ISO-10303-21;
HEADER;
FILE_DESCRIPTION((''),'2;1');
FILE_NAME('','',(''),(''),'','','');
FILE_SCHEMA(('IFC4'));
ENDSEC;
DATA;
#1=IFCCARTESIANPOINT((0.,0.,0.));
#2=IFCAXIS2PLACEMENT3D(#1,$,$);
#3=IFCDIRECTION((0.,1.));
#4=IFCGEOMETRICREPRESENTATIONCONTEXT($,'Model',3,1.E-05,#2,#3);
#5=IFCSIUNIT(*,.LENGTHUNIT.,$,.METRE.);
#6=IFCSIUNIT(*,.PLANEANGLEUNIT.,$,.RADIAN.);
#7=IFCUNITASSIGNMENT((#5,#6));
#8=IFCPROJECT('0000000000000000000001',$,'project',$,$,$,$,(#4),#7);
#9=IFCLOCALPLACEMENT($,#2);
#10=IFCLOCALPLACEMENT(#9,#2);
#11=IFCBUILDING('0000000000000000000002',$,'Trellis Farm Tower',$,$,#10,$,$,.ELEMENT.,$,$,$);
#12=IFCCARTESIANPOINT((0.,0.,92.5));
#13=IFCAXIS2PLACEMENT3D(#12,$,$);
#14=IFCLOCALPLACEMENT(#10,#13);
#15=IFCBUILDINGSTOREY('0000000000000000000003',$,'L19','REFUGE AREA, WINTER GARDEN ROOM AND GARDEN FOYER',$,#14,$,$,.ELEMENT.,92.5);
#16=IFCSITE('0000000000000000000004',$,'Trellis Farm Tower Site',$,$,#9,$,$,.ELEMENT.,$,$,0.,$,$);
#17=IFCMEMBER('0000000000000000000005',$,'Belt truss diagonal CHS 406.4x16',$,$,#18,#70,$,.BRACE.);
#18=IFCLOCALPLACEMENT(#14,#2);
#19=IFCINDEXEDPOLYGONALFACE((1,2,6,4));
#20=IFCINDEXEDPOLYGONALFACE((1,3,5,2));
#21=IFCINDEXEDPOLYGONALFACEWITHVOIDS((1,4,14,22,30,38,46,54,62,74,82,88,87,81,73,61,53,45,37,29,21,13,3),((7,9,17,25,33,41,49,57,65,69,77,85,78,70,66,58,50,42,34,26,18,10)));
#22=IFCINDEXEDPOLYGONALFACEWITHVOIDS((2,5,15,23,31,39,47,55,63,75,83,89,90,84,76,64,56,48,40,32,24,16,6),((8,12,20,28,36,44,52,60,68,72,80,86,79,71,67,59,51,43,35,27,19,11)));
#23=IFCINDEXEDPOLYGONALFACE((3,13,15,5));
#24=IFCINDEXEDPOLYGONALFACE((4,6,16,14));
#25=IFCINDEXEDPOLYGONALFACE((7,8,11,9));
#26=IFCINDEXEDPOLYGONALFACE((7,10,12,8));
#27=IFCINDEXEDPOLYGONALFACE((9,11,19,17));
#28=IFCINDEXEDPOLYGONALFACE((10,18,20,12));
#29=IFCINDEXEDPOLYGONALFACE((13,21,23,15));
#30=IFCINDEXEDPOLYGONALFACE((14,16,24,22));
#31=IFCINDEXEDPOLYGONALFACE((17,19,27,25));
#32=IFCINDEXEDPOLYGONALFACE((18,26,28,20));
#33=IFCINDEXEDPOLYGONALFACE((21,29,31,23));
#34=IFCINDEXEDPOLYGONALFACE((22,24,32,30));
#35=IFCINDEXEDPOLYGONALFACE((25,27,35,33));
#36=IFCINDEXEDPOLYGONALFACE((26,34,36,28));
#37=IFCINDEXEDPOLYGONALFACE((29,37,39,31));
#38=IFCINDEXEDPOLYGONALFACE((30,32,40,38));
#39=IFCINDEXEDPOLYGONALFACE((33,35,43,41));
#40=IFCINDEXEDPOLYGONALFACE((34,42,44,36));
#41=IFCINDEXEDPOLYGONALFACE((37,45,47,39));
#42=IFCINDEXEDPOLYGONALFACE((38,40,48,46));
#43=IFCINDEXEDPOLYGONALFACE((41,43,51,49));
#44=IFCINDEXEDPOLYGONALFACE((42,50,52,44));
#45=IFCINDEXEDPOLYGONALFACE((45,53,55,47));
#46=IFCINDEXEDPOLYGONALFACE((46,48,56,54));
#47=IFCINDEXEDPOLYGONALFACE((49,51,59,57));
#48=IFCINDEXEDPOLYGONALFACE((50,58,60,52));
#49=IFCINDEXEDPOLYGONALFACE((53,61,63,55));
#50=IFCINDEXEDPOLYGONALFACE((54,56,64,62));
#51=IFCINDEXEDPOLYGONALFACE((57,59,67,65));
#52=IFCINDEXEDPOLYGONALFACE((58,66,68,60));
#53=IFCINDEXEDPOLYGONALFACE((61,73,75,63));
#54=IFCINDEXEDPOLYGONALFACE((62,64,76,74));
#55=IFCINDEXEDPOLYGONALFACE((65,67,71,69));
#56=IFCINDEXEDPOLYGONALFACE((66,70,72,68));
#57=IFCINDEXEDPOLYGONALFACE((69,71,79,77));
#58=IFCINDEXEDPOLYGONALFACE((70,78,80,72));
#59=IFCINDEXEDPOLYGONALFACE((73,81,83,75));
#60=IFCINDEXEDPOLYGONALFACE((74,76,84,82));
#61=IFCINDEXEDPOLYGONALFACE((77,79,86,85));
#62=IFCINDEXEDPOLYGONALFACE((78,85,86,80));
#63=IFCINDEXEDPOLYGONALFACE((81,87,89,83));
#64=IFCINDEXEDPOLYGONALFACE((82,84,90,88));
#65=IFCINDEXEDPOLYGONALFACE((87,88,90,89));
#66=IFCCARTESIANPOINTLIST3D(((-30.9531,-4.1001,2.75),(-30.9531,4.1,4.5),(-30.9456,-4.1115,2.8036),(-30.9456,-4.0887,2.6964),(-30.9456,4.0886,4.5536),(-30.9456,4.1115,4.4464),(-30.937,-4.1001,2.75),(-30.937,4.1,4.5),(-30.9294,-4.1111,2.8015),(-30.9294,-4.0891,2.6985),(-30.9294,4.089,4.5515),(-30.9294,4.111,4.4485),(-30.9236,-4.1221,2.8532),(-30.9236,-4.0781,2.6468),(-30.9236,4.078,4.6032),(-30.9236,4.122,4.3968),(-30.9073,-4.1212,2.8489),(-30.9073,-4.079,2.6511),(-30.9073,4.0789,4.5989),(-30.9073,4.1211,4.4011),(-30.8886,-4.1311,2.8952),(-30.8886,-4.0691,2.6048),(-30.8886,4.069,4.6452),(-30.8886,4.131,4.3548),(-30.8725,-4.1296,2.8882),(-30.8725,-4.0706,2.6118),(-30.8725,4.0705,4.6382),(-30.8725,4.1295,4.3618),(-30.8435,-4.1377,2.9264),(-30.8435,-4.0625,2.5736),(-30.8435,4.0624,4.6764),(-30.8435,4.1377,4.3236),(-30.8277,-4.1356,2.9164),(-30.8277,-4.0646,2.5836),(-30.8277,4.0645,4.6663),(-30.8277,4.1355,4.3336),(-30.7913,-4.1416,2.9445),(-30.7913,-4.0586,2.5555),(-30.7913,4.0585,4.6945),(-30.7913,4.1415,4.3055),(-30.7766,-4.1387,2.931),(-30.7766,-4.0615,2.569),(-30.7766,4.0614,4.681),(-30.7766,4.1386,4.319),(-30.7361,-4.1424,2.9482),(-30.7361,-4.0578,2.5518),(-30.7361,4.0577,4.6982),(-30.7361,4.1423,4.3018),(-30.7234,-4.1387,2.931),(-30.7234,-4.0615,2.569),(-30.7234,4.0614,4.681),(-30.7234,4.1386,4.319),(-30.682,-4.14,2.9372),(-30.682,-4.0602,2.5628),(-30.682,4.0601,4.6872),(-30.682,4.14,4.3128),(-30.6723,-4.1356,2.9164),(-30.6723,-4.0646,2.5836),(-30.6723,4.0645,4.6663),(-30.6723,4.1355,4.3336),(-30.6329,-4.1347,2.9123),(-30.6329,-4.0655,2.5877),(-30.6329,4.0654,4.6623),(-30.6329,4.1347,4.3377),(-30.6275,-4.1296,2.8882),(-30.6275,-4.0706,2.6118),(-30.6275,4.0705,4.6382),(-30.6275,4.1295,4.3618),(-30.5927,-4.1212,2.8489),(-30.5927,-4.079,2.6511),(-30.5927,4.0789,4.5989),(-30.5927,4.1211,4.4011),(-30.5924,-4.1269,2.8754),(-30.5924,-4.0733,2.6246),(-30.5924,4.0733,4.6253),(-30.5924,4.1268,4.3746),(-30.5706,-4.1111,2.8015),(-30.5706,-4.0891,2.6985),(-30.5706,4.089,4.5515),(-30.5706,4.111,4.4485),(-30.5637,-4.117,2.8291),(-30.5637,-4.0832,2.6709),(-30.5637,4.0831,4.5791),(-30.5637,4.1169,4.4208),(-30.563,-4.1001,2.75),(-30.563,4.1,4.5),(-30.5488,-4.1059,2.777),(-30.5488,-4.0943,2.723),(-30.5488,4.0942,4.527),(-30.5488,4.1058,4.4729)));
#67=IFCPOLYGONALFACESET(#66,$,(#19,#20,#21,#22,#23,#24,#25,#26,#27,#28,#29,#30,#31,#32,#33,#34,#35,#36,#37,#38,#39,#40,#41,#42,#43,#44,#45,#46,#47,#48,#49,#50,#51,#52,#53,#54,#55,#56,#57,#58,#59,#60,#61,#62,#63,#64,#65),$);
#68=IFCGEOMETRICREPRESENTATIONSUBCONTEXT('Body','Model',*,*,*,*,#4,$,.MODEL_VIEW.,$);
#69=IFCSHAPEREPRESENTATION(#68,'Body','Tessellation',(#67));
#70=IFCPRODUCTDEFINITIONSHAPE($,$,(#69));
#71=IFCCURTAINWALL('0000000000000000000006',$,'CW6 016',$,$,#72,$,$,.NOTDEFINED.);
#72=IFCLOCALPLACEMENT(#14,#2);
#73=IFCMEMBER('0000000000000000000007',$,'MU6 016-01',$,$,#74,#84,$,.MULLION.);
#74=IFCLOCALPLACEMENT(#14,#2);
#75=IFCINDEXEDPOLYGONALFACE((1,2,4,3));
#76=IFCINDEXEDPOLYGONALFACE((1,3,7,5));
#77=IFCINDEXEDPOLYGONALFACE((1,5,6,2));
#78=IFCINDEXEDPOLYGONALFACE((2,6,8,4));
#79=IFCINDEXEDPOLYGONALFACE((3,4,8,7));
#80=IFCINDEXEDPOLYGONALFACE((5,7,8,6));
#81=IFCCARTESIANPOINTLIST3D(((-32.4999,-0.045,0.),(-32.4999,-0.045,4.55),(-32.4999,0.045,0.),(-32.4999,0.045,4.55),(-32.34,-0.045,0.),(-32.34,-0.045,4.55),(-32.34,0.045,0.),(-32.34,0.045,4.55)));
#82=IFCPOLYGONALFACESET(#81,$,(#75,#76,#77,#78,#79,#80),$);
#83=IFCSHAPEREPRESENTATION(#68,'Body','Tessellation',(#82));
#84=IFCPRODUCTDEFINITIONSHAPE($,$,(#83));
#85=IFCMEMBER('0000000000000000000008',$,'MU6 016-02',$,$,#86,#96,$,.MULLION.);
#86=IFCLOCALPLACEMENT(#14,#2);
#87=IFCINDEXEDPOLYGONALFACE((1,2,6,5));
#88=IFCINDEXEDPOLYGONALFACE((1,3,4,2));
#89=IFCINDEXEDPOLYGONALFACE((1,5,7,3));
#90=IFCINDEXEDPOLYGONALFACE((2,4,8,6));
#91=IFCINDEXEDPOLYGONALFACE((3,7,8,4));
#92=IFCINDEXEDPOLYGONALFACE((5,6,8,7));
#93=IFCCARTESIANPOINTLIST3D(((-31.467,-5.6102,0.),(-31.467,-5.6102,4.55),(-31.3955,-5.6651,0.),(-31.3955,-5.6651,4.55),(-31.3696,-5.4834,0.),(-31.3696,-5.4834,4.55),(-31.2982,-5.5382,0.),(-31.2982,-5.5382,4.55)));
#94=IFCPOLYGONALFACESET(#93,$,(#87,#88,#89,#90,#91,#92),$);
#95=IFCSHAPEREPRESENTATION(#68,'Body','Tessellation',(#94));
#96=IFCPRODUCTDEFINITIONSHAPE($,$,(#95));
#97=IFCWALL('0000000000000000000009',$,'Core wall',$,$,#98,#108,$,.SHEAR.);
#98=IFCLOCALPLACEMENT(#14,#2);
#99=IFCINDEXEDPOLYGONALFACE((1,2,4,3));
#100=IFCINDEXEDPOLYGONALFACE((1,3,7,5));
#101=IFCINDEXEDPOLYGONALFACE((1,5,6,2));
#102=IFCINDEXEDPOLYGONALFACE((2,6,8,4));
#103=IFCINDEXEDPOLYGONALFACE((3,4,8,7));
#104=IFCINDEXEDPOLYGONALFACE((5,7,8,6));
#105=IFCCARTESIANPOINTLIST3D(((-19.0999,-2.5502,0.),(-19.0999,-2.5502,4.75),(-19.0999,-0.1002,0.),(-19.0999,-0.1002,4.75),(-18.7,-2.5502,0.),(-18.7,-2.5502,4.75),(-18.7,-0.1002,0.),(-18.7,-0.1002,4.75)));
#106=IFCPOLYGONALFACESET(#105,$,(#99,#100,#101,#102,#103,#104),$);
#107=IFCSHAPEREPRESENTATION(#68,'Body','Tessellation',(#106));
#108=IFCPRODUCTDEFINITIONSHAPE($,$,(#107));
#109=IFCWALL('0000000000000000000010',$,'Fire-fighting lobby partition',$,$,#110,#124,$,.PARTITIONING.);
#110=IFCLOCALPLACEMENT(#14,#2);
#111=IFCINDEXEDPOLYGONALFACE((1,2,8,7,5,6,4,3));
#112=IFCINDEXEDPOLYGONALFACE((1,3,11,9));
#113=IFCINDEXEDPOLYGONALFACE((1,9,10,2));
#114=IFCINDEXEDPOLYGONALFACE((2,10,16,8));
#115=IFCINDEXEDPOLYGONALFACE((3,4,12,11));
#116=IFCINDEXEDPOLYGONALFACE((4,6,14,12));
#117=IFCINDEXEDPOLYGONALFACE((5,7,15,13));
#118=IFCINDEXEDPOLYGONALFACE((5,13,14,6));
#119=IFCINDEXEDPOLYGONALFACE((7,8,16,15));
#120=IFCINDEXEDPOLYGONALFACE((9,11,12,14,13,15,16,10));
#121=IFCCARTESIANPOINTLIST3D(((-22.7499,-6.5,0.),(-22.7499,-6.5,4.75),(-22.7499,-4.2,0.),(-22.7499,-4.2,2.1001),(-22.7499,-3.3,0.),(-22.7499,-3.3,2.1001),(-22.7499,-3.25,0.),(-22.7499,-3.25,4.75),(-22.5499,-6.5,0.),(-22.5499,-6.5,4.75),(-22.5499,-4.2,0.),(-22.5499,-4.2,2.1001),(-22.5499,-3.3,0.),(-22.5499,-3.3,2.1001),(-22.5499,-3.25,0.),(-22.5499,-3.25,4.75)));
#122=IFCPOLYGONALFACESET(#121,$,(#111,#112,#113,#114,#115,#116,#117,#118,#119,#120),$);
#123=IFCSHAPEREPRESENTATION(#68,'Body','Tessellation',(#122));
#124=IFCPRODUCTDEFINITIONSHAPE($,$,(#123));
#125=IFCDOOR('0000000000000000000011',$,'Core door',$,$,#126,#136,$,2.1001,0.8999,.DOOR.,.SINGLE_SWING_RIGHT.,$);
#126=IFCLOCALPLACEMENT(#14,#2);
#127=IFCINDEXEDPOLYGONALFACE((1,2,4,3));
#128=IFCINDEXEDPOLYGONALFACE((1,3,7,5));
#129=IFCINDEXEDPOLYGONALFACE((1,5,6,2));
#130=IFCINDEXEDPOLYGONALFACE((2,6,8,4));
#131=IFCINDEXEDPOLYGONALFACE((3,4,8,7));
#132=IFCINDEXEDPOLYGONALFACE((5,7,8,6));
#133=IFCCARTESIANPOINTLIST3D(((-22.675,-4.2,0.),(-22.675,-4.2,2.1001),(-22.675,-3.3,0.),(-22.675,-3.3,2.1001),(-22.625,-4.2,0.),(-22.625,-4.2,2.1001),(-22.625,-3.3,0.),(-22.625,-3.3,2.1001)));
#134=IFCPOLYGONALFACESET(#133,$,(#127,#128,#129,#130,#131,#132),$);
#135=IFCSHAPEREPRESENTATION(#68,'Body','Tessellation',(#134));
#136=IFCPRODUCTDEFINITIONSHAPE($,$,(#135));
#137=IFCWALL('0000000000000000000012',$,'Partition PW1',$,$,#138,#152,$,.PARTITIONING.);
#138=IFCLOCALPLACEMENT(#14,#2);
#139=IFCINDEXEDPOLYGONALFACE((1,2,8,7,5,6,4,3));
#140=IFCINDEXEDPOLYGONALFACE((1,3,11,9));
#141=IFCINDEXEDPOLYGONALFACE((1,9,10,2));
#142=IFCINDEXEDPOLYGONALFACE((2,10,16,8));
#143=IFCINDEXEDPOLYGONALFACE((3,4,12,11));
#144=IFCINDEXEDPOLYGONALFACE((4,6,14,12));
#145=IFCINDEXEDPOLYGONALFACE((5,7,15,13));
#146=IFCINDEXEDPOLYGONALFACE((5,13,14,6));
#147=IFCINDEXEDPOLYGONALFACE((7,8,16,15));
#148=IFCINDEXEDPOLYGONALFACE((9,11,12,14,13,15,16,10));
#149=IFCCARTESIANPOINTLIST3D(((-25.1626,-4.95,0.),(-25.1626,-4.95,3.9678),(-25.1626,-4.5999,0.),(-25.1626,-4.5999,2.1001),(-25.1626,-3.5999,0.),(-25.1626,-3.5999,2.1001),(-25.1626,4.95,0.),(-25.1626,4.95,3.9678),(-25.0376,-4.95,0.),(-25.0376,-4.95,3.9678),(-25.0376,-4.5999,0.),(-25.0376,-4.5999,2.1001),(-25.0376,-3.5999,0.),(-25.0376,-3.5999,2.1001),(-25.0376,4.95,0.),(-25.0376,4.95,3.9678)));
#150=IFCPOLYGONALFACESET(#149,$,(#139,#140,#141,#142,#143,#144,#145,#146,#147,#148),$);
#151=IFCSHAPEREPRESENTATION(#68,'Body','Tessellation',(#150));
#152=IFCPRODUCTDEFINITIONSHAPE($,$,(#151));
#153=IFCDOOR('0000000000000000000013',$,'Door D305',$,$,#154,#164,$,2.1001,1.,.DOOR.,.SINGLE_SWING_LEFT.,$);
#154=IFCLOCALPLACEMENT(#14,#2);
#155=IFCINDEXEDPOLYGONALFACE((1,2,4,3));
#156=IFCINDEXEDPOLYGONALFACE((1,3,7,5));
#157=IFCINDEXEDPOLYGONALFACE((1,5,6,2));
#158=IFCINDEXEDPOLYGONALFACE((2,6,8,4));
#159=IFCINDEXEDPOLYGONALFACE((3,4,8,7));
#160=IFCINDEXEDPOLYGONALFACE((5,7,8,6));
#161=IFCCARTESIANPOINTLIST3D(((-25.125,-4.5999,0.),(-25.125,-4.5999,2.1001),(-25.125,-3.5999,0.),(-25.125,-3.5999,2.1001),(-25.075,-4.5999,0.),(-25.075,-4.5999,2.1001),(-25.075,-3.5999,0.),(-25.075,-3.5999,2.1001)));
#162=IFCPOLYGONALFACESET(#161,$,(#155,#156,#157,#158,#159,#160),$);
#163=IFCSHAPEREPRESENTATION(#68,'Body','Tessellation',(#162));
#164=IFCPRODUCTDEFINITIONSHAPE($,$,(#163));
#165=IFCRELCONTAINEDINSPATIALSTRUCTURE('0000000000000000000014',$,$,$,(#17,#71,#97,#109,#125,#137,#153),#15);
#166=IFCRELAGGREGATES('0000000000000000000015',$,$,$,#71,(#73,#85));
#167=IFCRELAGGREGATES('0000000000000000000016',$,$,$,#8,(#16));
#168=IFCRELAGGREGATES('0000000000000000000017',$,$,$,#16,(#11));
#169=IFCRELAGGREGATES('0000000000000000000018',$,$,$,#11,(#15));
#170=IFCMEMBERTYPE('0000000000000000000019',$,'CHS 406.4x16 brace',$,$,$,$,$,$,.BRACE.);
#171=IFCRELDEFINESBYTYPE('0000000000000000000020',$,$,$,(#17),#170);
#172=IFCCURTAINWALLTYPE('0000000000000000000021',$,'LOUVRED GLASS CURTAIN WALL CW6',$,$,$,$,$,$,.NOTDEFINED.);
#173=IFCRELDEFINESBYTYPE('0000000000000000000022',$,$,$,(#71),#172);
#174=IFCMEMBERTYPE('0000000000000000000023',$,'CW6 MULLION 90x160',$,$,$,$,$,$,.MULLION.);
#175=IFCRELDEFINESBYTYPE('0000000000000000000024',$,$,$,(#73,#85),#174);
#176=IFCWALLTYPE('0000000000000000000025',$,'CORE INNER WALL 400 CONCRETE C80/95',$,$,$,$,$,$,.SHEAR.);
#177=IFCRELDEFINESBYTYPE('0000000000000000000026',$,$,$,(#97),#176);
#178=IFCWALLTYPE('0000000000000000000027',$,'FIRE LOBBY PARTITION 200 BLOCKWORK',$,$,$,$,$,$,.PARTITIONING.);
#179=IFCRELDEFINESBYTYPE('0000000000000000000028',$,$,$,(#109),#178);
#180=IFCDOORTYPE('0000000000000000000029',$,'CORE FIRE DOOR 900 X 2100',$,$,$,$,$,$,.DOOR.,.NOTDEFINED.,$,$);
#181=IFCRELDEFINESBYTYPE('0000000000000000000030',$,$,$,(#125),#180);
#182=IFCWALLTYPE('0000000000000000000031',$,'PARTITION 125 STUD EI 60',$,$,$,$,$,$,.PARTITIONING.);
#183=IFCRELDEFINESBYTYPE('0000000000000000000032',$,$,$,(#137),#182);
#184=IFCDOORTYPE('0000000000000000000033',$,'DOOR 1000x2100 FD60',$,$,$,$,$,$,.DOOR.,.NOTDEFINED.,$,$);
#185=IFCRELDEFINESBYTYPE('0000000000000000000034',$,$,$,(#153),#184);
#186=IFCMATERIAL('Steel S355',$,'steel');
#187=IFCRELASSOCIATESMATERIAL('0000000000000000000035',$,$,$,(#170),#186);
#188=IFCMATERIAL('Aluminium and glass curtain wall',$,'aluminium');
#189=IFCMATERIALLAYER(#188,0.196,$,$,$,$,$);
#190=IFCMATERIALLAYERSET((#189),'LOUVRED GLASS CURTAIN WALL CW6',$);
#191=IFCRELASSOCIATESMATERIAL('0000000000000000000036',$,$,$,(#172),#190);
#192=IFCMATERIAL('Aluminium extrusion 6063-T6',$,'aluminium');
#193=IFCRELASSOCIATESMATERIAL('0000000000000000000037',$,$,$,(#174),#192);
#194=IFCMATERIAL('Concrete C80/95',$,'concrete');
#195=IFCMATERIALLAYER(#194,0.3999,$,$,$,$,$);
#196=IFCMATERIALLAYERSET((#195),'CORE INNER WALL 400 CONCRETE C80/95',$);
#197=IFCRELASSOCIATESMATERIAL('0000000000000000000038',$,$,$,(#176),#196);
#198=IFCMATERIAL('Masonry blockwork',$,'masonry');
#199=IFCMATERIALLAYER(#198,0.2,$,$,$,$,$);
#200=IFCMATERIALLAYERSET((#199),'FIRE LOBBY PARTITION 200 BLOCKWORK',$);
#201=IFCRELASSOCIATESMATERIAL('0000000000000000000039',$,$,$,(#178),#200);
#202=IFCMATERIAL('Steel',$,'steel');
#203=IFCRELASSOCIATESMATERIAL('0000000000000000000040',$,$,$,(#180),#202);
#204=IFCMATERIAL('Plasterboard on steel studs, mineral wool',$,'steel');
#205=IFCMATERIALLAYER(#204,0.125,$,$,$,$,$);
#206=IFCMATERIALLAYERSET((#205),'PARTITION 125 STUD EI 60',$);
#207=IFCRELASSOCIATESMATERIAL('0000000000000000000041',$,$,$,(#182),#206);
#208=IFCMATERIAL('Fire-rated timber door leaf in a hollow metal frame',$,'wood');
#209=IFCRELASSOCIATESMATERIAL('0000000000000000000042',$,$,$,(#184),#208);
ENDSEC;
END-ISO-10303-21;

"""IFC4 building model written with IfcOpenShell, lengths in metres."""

from ifc_helpers import new_model, si_unit, direction, frame, frame_2d, origin, origin_2d, place, context, subcontext, project, spatial, rectangle, hollow_circle, extrude, source, transform, mapped, material, layer, layer_set, material_profile, profile_set, type_object, element, fill, aggregate, save


model = new_model("IFC4")

# Units and contexts
model_context = context("Model", 3, precision=1e-05, world=origin(), true_north=direction((0.0, 1.0)))
body_context = subcontext(model_context, "Body", "Model", "MODEL_VIEW")
ifc_project = project(units=[si_unit("LENGTHUNIT", "METRE"), si_unit("PLANEANGLEUNIT", "RADIAN")], contexts=[model_context])

# Site, building, storey
site_placement = place(None, origin())
site = spatial("IfcSite", under=ifc_project, at=site_placement, Name="Trellis Farm Tower Site", CompositionType="ELEMENT", RefElevation=0.0)
building_placement = place(site_placement, origin())
building = spatial("IfcBuilding", under=site, at=building_placement, Name="Trellis Farm Tower", CompositionType="ELEMENT")
storey_placement = place(building_placement, frame((0.0, 0.0, 92.5)))
storey = spatial("IfcBuildingStorey", under=building, at=storey_placement, Name="L19", Description="REFUGE AREA, WINTER GARDEN ROOM AND GARDEN FOYER", CompositionType="ELEMENT", Elevation=92.5)

# Shared definitions
ifc_material_1 = material(Name="Concrete C80/95", Category="concrete")

# Shared definitions
ifc_material_2 = material(Name="Steel S355", Category="steel")

# Member
ifc_material_profile_1 = material_profile(ifc_material_2, hollow_circle(Radius=0.2031, WallThickness=0.0161, at=origin_2d()), Name="CHS 406.4x16")
ifc_profile_set_1 = profile_set([ifc_material_profile_1], Name="Steel S355")
member_type_1 = type_object("IfcMemberType", Name="CHS 406.4x16 brace", PredefinedType="BRACE", material=ifc_profile_set_1)
shared_shape_1 = source(origin(), body_context, "Body", "SweptSolid", [
    extrude(hollow_circle(Radius=0.2031, WallThickness=0.0161, at=origin_2d()), origin(), (0.0, 0.0, 1.0), 8.3848),
])
member_1_placement = place(storey_placement, frame((-30.75, -4.1001, 2.75), z_axis=(0.0, 0.977978, 0.20871), x_axis=(-1.0, 0.0, 0.0)))
element("IfcMember", 1, at=member_1_placement, inside=storey, type_object=member_type_1, Name="Belt truss diagonal CHS 406.4x16", PredefinedType="BRACE", context=body_context, shape_type="MappedRepresentation", body=[
    mapped(shared_shape_1, transform((0.0, 0.0, 0.0))),
])

# Curtain wall, members
ifc_material_3 = material(Name="Aluminium and glass curtain wall", Category="aluminium")
ifc_layer_1 = layer(ifc_material_3, 0.196)
ifc_layer_set_1 = layer_set([ifc_layer_1], Name="LOUVRED GLASS CURTAIN WALL CW6")
curtain_wall_type = type_object("IfcCurtainWallType", Name="LOUVRED GLASS CURTAIN WALL CW6", PredefinedType="NOTDEFINED", material=ifc_layer_set_1)
curtain_wall_placement = place(storey_placement, origin())
curtain_wall = element("IfcCurtainWall", 2, at=curtain_wall_placement, inside=storey, type_object=curtain_wall_type, Name="CW6 016", PredefinedType="NOTDEFINED")
ifc_material_4 = material(Name="Aluminium extrusion 6063-T6", Category="aluminium")
ifc_material_profile_2 = material_profile(ifc_material_4, rectangle(XDim=0.0901, YDim=0.1599, at=origin_2d()), Name="MULLION 90x160")
ifc_profile_set_2 = profile_set([ifc_material_profile_2], Name="Aluminium extrusion 6063-T6")
member_type_2 = type_object("IfcMemberType", Name="CW6 MULLION 90x160", PredefinedType="MULLION", material=ifc_profile_set_2)
shared_shape_2 = source(origin(), body_context, "Body", "SweptSolid", [
    extrude(rectangle(XDim=0.0901, YDim=0.1599, at=origin_2d()), origin(), (0.0, 0.0, 1.0), 4.55),
])
member_2_placement = place(storey_placement, frame((-32.4199, 0.0, 0.0), z_axis=(0.0, 0.0, 1.0), x_axis=(0.0, -1.0, 0.0)))
member_2 = element("IfcMember", 3, at=member_2_placement, type_object=member_type_2, Name="MU6 016-01", PredefinedType="MULLION", context=body_context, shape_type="MappedRepresentation", body=[
    mapped(shared_shape_2, transform((0.0, 0.0, 0.0))),
])
member_3_placement = place(storey_placement, frame((-31.3826, -5.5742, 0.0), z_axis=(0.0, 0.0, 1.0), x_axis=(0.793353, -0.608761, 0.0)))
member_3 = element("IfcMember", 4, at=member_3_placement, type_object=member_type_2, Name="MU6 016-02", PredefinedType="MULLION", context=body_context, shape_type="MappedRepresentation", body=[
    mapped(shared_shape_2, transform((0.0, 0.0, 0.0))),
])
aggregate(curtain_wall, [member_2, member_3])

# Wall
ifc_layer_2 = layer(ifc_material_1, 0.3999)
ifc_layer_set_2 = layer_set([ifc_layer_2], Name="CORE INNER WALL 400 CONCRETE C80/95")
wall_type_1 = type_object("IfcWallType", Name="CORE INNER WALL 400 CONCRETE C80/95", PredefinedType="SHEAR", material=ifc_layer_set_2)
shared_shape_3 = source(origin(), body_context, "Body", "SweptSolid", [
    extrude(rectangle(XDim=2.45, YDim=0.3999, at=frame_2d((1.2251, 0.0))), origin(), (0.0, 0.0, 1.0), 4.75),
])
wall_1_placement = place(storey_placement, frame((-18.8999, -0.1001, 0.0), z_axis=(0.0, 0.0, 1.0), x_axis=(0.0, -1.0, 0.0)))
element("IfcWall", 5, at=wall_1_placement, inside=storey, type_object=wall_type_1, Name="Core wall", PredefinedType="SHEAR", context=body_context, shape_type="MappedRepresentation", body=[
    mapped(shared_shape_3, transform((0.0, 0.0, 0.0))),
])

# Walls, openings, doors
ifc_material_5 = material(Name="Masonry blockwork", Category="masonry")
ifc_layer_3 = layer(ifc_material_5, 0.2)
ifc_layer_set_3 = layer_set([ifc_layer_3], Name="FIRE LOBBY PARTITION 200 BLOCKWORK")
wall_type_2 = type_object("IfcWallType", Name="FIRE LOBBY PARTITION 200 BLOCKWORK", PredefinedType="PARTITIONING", material=ifc_layer_set_3)
shared_shape_4 = source(origin(), body_context, "Body", "SweptSolid", [
    extrude(rectangle(XDim=3.25, YDim=0.2, at=frame_2d((1.625, 0.0))), origin(), (0.0, 0.0, 1.0), 4.75),
])
wall_2_placement = place(storey_placement, frame((-22.6499, -3.25, 0.0), z_axis=(0.0, 0.0, 1.0), x_axis=(0.0, -1.0, 0.0)))
wall_2 = element("IfcWall", 6, at=wall_2_placement, inside=storey, type_object=wall_type_2, Name="Fire-fighting lobby partition", PredefinedType="PARTITIONING", context=body_context, shape_type="MappedRepresentation", body=[
    mapped(shared_shape_4, transform((0.0, 0.0, 0.0))),
])
shared_shape_5 = source(origin(), body_context, "Body", "SweptSolid", [
    extrude(rectangle(XDim=0.8999, YDim=2.1001, at=frame_2d((0.45, 1.05))), frame((0.0, 0.1101, 0.0), z_axis=(0.0, -1.0, 0.0), x_axis=(1.0, 0.0, 0.0)), (0.0, 0.0, 1.0), 0.2202),
])
opening_1_placement = place(wall_2_placement, frame((0.05, 0.0, 0.0)))
opening_1 = element("IfcOpeningElement", 7, at=opening_1_placement, cuts=wall_2, PredefinedType="OPENING", context=body_context, shape_type="MappedRepresentation", body=[
    mapped(shared_shape_5, transform((0.0, 0.0, 0.0))),
])
ifc_material_6 = material(Name="Steel", Category="steel")
door_type_1 = type_object("IfcDoorType", Name="CORE FIRE DOOR 900 X 2100", OperationType="NOTDEFINED", PredefinedType="DOOR", material=ifc_material_6)
shared_shape_6 = source(origin(), body_context, "Body", "SweptSolid", [
    extrude(rectangle(XDim=0.8999, YDim=2.1001, at=frame_2d((0.45, 1.05))), frame((0.0, 0.0249, 0.0), z_axis=(0.0, -1.0, 0.0), x_axis=(1.0, 0.0, 0.0)), (0.0, 0.0, 1.0), 0.05),
])
door_1_placement = place(opening_1_placement, origin())
door_1 = element("IfcDoor", 8, at=door_1_placement, inside=storey, type_object=door_type_1, Name="Core door", OperationType="SINGLE_SWING_RIGHT", OverallHeight=2.1001, OverallWidth=0.8999, PredefinedType="DOOR", context=body_context, shape_type="MappedRepresentation", body=[
    mapped(shared_shape_6, transform((0.0, 0.0, 0.0))),
])
fill(opening_1, door_1)
ifc_material_7 = material(Name="Plasterboard on steel studs, mineral wool", Category="steel")
ifc_layer_4 = layer(ifc_material_7, 0.125)
ifc_layer_set_4 = layer_set([ifc_layer_4], Name="PARTITION 125 STUD EI 60")
wall_type_3 = type_object("IfcWallType", Name="PARTITION 125 STUD EI 60", PredefinedType="PARTITIONING", material=ifc_layer_set_4)
shared_shape_7 = source(origin(), body_context, "Body", "SweptSolid", [
    extrude(rectangle(XDim=9.8999, YDim=0.125, at=frame_2d((4.95, 0.0))), origin(), (0.0, 0.0, 1.0), 3.9678),
])
wall_3_placement = place(storey_placement, frame((-25.1001, -4.95, 0.0), z_axis=(0.0, 0.0, 1.0), x_axis=(0.0, 1.0, 0.0)))
wall_3 = element("IfcWall", 9, at=wall_3_placement, inside=storey, type_object=wall_type_3, Name="Partition PW1", PredefinedType="PARTITIONING", context=body_context, shape_type="MappedRepresentation", body=[
    mapped(shared_shape_7, transform((0.0, 0.0, 0.0))),
])
shared_shape_8 = source(origin(), body_context, "Body", "SweptSolid", [
    extrude(rectangle(XDim=1.0, YDim=2.1001, at=frame_2d((0.5, 1.05))), frame((0.0, 0.0725, 0.0), z_axis=(0.0, -1.0, 0.0), x_axis=(1.0, 0.0, 0.0)), (0.0, 0.0, 1.0), 0.145),
])
opening_2_placement = place(wall_3_placement, frame((0.3501, 0.0, 0.0)))
opening_2 = element("IfcOpeningElement", 10, at=opening_2_placement, cuts=wall_3, PredefinedType="OPENING", context=body_context, shape_type="MappedRepresentation", body=[
    mapped(shared_shape_8, transform((0.0, 0.0, 0.0))),
])
ifc_material_8 = material(Name="Fire-rated timber door leaf in a hollow metal frame", Category="wood")
door_type_2 = type_object("IfcDoorType", Name="DOOR 1000x2100 FD60", OperationType="NOTDEFINED", PredefinedType="DOOR", material=ifc_material_8)
shared_shape_9 = source(origin(), body_context, "Body", "SweptSolid", [
    extrude(rectangle(XDim=1.0, YDim=2.1001, at=frame_2d((0.5, 1.05))), frame((0.0, 0.0249, 0.0), z_axis=(0.0, -1.0, 0.0), x_axis=(1.0, 0.0, 0.0)), (0.0, 0.0, 1.0), 0.05),
])
door_2_placement = place(opening_2_placement, origin())
door_2 = element("IfcDoor", 11, at=door_2_placement, inside=storey, type_object=door_type_2, Name="Door D305", OperationType="SINGLE_SWING_LEFT", OverallHeight=2.1001, OverallWidth=1.0, PredefinedType="DOOR", context=body_context, shape_type="MappedRepresentation", body=[
    mapped(shared_shape_9, transform((0.0, 0.0, 0.0))),
])
fill(opening_2, door_2)

save(model, "model.ifc")
